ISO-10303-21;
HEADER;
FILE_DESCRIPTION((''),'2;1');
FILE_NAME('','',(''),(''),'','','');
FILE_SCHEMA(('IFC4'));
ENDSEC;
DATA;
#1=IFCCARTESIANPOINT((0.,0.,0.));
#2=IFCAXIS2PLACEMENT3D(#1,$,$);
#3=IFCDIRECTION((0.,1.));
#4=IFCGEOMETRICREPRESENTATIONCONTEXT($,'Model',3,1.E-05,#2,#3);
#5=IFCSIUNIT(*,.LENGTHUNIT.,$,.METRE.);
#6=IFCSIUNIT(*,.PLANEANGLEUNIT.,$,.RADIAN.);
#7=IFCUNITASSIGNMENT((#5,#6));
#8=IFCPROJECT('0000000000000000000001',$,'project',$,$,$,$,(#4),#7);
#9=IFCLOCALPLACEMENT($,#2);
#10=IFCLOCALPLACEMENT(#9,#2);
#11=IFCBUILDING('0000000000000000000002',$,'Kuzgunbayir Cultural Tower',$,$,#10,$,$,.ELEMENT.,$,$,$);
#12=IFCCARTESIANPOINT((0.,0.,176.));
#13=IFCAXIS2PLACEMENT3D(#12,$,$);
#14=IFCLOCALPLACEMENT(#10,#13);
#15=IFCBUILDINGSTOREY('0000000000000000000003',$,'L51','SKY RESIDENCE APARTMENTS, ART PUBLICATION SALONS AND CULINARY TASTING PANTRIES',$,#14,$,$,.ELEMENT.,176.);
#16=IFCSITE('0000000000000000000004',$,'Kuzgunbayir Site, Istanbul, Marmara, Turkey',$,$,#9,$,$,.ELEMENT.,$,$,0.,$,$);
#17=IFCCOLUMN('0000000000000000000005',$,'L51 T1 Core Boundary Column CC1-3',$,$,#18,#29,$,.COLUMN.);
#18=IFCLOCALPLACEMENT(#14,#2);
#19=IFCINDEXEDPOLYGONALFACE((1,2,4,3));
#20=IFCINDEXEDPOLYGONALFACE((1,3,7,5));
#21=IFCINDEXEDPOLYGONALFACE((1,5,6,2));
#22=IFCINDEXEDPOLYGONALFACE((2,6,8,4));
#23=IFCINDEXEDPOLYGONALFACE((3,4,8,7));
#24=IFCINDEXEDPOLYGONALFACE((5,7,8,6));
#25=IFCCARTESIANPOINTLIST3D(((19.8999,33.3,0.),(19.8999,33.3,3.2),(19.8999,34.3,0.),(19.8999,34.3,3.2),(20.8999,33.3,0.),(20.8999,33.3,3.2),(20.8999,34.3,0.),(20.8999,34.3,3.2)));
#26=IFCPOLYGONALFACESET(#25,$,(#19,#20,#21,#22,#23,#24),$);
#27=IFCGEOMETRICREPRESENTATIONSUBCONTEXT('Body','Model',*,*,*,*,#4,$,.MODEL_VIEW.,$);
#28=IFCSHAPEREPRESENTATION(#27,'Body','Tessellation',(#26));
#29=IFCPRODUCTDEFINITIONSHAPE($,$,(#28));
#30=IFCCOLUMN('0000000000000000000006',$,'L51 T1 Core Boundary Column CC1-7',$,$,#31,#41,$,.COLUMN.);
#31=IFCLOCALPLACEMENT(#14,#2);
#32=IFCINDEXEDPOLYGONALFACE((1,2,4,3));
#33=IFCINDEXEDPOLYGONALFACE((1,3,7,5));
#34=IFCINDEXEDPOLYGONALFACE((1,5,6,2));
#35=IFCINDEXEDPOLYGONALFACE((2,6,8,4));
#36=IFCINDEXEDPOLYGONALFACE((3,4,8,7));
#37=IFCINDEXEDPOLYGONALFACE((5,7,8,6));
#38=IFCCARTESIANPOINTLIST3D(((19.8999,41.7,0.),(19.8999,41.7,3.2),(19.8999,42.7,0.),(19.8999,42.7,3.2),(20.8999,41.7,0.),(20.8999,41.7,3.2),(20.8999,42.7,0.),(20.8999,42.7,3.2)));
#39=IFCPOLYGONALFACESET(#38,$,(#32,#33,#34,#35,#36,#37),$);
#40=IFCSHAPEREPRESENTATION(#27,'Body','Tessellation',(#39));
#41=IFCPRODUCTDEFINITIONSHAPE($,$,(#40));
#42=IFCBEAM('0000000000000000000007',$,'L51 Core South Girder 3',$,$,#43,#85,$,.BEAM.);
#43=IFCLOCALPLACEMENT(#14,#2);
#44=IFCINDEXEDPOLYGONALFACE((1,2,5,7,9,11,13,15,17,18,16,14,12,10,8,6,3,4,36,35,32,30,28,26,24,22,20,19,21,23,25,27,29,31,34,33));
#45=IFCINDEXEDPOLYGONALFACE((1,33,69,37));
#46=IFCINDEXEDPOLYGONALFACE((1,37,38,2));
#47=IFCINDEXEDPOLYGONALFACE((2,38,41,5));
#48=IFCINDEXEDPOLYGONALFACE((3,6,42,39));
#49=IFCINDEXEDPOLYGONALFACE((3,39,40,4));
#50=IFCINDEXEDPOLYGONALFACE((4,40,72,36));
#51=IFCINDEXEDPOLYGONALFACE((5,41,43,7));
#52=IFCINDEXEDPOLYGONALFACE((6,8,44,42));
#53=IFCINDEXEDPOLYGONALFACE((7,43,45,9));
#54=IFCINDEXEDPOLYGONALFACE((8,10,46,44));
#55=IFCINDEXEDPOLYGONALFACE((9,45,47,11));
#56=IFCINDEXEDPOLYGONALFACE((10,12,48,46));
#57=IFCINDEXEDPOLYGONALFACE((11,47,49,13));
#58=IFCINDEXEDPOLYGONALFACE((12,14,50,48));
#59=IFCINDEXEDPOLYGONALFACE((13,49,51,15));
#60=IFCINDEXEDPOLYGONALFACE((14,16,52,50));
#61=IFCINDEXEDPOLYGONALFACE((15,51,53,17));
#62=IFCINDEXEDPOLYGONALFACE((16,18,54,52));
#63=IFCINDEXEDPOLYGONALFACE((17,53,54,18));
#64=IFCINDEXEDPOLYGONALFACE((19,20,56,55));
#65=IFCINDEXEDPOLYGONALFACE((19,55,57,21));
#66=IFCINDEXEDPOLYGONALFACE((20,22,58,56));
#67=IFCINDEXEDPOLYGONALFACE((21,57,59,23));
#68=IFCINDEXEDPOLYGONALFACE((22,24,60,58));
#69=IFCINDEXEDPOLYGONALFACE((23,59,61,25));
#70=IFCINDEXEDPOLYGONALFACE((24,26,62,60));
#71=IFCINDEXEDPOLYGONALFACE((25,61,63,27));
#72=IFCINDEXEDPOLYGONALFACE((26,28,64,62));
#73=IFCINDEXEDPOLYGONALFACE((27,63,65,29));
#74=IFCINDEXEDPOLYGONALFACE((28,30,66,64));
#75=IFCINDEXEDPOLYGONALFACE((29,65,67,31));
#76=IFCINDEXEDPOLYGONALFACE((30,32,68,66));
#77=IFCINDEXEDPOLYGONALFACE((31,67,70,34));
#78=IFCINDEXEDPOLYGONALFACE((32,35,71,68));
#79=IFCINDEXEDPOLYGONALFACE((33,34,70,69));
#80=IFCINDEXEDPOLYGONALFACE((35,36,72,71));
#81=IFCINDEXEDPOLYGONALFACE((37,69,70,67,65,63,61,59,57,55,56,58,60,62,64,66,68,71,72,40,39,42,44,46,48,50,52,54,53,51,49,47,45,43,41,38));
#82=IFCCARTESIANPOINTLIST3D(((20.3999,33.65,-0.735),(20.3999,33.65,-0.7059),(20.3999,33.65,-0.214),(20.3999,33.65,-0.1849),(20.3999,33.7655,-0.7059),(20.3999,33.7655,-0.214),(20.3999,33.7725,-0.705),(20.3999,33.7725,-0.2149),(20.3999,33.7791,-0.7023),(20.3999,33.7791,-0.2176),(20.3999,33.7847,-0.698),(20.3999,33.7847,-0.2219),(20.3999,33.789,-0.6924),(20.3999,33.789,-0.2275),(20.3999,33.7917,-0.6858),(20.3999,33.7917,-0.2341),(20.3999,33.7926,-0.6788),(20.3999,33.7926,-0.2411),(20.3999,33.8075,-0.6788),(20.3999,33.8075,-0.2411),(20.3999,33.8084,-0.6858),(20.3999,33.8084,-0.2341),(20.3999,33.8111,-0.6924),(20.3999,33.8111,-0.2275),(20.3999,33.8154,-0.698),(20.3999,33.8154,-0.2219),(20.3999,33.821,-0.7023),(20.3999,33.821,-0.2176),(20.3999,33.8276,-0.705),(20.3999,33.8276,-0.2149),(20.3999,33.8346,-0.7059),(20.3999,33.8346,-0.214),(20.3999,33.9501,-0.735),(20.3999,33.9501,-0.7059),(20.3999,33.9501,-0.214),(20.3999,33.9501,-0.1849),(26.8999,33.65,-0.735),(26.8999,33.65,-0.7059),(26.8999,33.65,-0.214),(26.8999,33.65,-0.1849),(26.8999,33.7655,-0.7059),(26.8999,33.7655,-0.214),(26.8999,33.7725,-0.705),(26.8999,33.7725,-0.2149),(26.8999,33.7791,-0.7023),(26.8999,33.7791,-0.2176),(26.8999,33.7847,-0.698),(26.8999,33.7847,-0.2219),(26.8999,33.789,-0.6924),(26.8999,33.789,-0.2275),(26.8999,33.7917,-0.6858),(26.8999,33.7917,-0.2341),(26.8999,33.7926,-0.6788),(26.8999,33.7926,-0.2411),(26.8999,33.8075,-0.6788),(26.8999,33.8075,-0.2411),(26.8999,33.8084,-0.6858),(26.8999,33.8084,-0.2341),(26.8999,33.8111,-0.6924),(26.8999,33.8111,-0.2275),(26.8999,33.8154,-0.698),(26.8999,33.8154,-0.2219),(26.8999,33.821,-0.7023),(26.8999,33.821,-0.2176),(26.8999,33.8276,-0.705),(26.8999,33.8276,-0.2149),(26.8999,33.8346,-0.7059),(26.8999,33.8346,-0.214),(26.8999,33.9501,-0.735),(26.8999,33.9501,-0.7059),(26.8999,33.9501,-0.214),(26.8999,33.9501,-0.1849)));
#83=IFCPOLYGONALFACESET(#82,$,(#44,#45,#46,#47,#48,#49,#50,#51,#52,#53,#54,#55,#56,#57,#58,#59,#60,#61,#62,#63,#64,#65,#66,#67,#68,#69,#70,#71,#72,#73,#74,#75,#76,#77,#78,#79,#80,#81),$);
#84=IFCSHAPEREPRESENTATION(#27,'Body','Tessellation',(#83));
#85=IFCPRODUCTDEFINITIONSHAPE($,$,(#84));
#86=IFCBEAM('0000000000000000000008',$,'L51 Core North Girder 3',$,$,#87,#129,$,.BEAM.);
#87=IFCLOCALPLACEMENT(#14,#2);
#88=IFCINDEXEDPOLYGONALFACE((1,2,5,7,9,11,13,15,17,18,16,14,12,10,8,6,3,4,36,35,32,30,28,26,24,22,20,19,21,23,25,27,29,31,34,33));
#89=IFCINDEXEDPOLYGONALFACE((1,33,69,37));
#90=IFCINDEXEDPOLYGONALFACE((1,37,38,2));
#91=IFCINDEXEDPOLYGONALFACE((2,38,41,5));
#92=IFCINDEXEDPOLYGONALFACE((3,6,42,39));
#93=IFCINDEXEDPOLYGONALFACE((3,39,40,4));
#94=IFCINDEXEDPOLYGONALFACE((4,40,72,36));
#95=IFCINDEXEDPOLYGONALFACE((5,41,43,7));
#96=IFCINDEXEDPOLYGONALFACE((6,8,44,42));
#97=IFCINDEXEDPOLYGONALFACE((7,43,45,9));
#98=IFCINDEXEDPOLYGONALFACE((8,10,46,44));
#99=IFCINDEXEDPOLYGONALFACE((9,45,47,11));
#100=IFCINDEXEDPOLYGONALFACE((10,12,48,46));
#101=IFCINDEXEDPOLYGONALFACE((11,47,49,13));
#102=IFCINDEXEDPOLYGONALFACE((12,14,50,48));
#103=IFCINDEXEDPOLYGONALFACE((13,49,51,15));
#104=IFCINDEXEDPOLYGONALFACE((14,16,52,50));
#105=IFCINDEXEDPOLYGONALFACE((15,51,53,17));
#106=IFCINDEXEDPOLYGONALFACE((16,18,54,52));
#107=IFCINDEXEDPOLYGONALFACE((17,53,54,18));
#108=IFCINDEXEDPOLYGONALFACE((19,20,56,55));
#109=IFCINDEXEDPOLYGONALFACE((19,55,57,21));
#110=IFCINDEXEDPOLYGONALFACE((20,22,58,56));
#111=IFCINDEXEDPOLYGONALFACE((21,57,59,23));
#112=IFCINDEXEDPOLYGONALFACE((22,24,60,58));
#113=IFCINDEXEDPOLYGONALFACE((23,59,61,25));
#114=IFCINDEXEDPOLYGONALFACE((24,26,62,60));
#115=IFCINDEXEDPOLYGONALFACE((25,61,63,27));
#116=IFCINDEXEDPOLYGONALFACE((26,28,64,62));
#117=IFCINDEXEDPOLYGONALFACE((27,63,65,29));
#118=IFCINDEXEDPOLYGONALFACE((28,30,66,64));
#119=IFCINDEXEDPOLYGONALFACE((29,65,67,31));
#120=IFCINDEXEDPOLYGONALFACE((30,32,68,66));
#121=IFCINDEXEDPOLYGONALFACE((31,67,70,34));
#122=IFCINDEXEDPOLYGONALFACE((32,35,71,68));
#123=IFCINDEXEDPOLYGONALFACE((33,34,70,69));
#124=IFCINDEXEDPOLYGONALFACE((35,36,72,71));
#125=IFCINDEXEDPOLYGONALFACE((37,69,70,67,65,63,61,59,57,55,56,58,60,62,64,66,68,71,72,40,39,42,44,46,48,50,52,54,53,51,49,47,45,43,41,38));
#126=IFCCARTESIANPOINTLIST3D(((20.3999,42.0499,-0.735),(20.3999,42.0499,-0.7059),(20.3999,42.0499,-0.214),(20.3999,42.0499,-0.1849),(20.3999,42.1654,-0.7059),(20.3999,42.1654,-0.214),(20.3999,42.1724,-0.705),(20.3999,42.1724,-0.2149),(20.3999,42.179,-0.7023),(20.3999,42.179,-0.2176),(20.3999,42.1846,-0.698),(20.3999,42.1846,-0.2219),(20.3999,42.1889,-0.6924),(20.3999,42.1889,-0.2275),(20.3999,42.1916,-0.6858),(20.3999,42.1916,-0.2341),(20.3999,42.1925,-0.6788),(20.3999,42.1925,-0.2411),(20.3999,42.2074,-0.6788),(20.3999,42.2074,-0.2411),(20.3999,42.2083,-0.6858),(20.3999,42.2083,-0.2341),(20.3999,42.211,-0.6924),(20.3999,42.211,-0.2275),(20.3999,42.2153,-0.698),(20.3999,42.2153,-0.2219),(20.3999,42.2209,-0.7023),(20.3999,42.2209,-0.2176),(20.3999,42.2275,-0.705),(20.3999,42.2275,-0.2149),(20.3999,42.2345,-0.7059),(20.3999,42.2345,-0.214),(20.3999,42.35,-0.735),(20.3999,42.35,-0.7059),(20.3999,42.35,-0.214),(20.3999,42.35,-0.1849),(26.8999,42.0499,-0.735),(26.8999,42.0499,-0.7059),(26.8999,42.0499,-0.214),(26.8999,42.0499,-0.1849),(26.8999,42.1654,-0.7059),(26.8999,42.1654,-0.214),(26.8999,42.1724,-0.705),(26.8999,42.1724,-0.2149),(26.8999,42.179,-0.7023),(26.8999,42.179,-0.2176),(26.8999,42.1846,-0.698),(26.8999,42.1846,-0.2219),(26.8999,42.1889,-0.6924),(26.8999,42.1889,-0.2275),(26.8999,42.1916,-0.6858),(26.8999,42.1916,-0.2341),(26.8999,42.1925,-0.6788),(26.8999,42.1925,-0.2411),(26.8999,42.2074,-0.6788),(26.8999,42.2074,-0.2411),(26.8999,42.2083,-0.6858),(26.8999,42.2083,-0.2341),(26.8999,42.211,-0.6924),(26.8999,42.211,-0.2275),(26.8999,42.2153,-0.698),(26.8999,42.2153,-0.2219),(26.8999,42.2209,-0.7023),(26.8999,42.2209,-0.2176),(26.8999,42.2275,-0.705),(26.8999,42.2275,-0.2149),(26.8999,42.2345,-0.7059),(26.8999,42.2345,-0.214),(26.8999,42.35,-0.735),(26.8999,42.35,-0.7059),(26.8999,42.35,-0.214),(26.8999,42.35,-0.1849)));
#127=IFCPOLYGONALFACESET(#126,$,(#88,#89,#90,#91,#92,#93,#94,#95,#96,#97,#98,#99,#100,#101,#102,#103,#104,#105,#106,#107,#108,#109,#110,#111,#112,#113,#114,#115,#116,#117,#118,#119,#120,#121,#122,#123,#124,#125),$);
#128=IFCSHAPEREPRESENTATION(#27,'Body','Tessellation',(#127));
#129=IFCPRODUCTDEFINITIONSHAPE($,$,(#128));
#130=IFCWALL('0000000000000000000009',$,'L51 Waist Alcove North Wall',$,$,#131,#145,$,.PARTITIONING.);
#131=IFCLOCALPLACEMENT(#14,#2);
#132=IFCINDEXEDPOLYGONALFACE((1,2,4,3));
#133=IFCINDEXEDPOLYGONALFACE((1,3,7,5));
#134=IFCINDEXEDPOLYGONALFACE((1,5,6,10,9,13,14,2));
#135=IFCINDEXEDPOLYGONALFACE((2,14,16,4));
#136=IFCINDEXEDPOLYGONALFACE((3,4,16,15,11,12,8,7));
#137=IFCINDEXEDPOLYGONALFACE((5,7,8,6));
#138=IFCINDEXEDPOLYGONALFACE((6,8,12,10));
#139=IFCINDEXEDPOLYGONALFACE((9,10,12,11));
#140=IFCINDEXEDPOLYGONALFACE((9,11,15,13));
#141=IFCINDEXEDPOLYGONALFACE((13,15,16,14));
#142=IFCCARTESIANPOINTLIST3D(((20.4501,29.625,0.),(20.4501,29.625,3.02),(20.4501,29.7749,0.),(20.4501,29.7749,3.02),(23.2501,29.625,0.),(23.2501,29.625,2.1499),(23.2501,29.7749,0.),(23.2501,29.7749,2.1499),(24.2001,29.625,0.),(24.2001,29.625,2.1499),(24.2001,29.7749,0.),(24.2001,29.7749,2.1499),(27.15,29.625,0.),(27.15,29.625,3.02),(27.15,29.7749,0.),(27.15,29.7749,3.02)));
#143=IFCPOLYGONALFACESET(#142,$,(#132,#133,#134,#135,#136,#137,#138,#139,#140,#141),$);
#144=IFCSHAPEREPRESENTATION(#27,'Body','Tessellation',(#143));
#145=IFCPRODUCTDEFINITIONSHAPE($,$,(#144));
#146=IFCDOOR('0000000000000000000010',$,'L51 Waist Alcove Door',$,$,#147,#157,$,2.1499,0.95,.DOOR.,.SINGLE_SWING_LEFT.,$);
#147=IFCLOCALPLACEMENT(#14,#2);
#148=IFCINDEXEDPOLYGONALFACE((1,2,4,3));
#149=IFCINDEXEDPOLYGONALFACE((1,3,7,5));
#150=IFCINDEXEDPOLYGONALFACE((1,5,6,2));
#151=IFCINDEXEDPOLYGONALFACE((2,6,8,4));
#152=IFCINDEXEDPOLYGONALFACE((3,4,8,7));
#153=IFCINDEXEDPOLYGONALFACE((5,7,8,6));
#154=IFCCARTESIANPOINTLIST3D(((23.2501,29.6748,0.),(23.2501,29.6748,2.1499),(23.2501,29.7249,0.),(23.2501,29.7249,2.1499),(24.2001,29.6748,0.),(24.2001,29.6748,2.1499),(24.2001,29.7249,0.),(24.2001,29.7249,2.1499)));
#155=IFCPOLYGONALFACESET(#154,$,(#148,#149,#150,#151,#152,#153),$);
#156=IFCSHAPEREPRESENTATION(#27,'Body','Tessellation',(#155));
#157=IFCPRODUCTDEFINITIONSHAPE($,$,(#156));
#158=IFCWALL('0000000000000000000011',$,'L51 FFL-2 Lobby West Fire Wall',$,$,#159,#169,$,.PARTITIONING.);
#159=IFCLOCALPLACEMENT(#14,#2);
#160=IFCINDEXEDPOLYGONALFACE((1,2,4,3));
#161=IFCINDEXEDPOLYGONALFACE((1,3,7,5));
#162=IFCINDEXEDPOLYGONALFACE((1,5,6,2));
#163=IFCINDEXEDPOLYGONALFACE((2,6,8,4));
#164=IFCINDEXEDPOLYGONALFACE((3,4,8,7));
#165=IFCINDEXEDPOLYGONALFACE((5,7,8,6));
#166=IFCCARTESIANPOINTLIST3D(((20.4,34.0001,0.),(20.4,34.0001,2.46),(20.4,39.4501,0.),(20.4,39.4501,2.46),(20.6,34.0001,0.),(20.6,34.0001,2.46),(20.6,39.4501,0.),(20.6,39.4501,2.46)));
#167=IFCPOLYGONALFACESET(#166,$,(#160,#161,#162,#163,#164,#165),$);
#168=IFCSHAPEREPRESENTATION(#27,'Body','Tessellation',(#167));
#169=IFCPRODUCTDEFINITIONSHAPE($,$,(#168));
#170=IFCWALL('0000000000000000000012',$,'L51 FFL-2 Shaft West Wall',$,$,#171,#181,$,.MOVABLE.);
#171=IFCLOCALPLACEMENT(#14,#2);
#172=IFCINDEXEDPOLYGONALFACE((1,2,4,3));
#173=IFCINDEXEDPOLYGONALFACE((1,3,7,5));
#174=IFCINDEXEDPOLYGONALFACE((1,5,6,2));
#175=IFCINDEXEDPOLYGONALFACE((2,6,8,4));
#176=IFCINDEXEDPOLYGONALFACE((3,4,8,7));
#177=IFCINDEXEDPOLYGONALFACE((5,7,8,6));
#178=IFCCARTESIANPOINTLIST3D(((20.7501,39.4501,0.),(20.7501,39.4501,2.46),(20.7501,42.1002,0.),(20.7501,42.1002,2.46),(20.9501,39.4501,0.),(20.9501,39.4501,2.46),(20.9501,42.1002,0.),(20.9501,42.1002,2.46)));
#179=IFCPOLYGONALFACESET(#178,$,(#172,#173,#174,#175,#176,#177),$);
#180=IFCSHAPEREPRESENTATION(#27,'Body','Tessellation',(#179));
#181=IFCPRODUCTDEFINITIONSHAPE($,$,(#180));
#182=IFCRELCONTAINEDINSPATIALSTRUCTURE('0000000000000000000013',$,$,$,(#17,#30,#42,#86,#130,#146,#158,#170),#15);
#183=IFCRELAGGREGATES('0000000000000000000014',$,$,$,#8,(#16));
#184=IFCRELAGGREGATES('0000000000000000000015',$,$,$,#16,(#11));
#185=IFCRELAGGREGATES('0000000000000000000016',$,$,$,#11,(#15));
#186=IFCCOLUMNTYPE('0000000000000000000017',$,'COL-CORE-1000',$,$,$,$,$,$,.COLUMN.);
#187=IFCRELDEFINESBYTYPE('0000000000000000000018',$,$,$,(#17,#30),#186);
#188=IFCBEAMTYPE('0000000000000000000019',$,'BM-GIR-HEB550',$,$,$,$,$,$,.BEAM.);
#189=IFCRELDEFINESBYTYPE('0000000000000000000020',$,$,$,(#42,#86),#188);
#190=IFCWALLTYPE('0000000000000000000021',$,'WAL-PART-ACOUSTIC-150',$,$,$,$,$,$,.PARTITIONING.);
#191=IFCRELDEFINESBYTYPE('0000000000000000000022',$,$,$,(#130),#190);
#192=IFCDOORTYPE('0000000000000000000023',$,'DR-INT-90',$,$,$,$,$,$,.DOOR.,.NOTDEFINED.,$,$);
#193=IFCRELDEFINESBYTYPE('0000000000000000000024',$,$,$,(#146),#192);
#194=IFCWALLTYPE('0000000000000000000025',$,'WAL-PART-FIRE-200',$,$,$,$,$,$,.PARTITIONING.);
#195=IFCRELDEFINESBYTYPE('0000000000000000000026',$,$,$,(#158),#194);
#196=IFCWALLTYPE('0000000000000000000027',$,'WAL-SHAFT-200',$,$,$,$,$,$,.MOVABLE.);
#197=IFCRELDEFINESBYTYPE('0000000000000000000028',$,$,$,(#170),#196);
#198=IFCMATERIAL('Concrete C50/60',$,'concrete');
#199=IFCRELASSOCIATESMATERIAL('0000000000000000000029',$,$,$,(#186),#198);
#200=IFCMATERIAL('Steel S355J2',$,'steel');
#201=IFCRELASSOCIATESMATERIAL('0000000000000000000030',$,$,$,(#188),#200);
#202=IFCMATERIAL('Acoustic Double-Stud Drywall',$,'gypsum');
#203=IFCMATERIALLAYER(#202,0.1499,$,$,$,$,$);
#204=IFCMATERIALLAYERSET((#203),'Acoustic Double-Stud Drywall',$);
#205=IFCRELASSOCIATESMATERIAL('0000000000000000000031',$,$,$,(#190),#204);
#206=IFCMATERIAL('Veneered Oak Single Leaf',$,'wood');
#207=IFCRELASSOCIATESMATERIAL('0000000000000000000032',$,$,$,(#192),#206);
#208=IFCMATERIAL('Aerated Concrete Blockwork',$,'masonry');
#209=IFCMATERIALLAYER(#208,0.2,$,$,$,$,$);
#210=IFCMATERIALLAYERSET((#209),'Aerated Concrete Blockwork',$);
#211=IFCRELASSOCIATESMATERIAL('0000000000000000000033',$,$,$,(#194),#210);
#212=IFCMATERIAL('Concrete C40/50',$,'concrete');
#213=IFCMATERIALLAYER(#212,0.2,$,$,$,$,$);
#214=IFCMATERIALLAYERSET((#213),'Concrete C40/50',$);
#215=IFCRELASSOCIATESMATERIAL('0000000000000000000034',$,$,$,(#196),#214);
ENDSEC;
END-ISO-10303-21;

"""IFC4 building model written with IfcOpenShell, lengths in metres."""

from ifc_helpers import new_model, si_unit, direction, frame, frame_2d, origin, origin_2d, place, context, subcontext, project, spatial, rectangle, i_section, extrude, material, layer, layer_set, material_profile, profile_set, type_object, element, fill, save


model = new_model("IFC4")

# Units and contexts
model_context = context("Model", 3, precision=1e-05, world=origin(), true_north=direction((0.0, 1.0)))
body_context = subcontext(model_context, "Body", "Model", "MODEL_VIEW")
ifc_project = project(units=[si_unit("LENGTHUNIT", "METRE"), si_unit("PLANEANGLEUNIT", "RADIAN")], contexts=[model_context])

# Site, building, storey
site_placement = place(None, origin())
site = spatial("IfcSite", under=ifc_project, at=site_placement, Name="Kuzgunbayir Site, Istanbul, Marmara, Turkey", CompositionType="ELEMENT", RefElevation=0.0)
building_placement = place(site_placement, origin())
building = spatial("IfcBuilding", under=site, at=building_placement, Name="Kuzgunbayir Cultural Tower", CompositionType="ELEMENT")
storey_placement = place(building_placement, frame((0.0, 0.0, 176.0)))
storey = spatial("IfcBuildingStorey", under=building, at=storey_placement, Name="L51", Description="SKY RESIDENCE APARTMENTS, ART PUBLICATION SALONS AND CULINARY TASTING PANTRIES", CompositionType="ELEMENT", Elevation=176.0)

# Columns
ifc_material_1 = material(Name="Concrete C50/60", Category="concrete")
ifc_material_profile_1 = material_profile(ifc_material_1, rectangle(XDim=1.0, YDim=1.0, at=origin_2d()), Name="RC 1000x1000")
ifc_profile_set_1 = profile_set([ifc_material_profile_1], Name="Concrete C50/60")
column_type = type_object("IfcColumnType", Name="COL-CORE-1000", PredefinedType="COLUMN", material=ifc_profile_set_1)
for number, where, z_axis, x_axis, name in (
    (1, (20.3999, 33.8, 0.0), (0.0, 0.0, 1.0), (1.0, 0.0, 0.0), "L51 T1 Core Boundary Column CC1-3"),
    (2, (20.3999, 42.2, 0.0), (0.0, 0.0, 1.0), (1.0, 0.0, 0.0), "L51 T1 Core Boundary Column CC1-7"),
):
    element("IfcColumn", number, at=place(storey_placement, frame(where, z_axis=z_axis, x_axis=x_axis)), inside=storey, type_object=column_type, Name=name, PredefinedType="COLUMN", context=body_context, shape_type="SweptSolid", body=[
        extrude(rectangle(XDim=1.0, YDim=1.0, at=origin_2d()), origin(), (0.0, 0.0, 1.0), 3.2),
    ])

# Beams
ifc_material_2 = material(Name="Steel S355J2", Category="steel")
ifc_material_profile_2 = material_profile(ifc_material_2, i_section(OverallWidth=0.3, OverallDepth=0.55, WebThickness=0.0149, FlangeThickness=0.0291, FilletRadius=0.0271, at=origin_2d()), Name="HEB 550")
ifc_profile_set_2 = profile_set([ifc_material_profile_2], Name="Steel S355J2")
beam_type = type_object("IfcBeamType", Name="BM-GIR-HEB550", PredefinedType="BEAM", material=ifc_profile_set_2)
for number, where, z_axis, x_axis, name in (
    (3, (20.3999, 33.8, -0.46), (1.0, 0.0, 0.0), (0.0, 1.0, 0.0), "L51 Core South Girder 3"),
    (4, (20.3999, 42.2, -0.46), (1.0, 0.0, 0.0), (0.0, 1.0, 0.0), "L51 Core North Girder 3"),
):
    element("IfcBeam", number, at=place(storey_placement, frame(where, z_axis=z_axis, x_axis=x_axis)), inside=storey, type_object=beam_type, Name=name, PredefinedType="BEAM", context=body_context, shape_type="SweptSolid", body=[
        extrude(i_section(OverallWidth=0.3, OverallDepth=0.55, WebThickness=0.0149, FlangeThickness=0.0291, FilletRadius=0.0271, at=origin_2d()), origin(), (0.0, 0.0, 1.0), 6.5),
    ])

# Wall, opening, door
ifc_material_3 = material(Name="Acoustic Double-Stud Drywall", Category="gypsum")
ifc_layer_1 = layer(ifc_material_3, 0.1499)
ifc_layer_set_1 = layer_set([ifc_layer_1], Name="Acoustic Double-Stud Drywall")
wall_type_1 = type_object("IfcWallType", Name="WAL-PART-ACOUSTIC-150", PredefinedType="PARTITIONING", material=ifc_layer_set_1)
wall_1_placement = place(storey_placement, frame((20.45, 29.7, 0.0), z_axis=(0.0, 0.0, 1.0), x_axis=(1.0, 0.0, 0.0)))
wall_1 = element("IfcWall", 5, at=wall_1_placement, inside=storey, type_object=wall_type_1, Name="L51 Waist Alcove North Wall", PredefinedType="PARTITIONING", context=body_context, shape_type="SweptSolid", body=[
    extrude(rectangle(XDim=6.7, YDim=0.1499, at=frame_2d((3.3501, 0.0))), origin(), (0.0, 0.0, 1.0), 3.02),
])
opening_1_placement = place(wall_1_placement, frame((2.8, 0.0, 0.0)))
opening_1 = element("IfcOpeningElement", 6, at=opening_1_placement, cuts=wall_1, PredefinedType="OPENING", context=body_context, shape_type="SweptSolid", body=[
    extrude(rectangle(XDim=0.95, YDim=2.1499, at=frame_2d((0.4751, 1.075))), frame((0.0, 0.085, 0.0), z_axis=(0.0, -1.0, 0.0), x_axis=(1.0, 0.0, 0.0)), (0.0, 0.0, 1.0), 0.1699),
])
ifc_material_4 = material(Name="Veneered Oak Single Leaf", Category="wood")
door_type_1 = type_object("IfcDoorType", Name="DR-INT-90", OperationType="NOTDEFINED", PredefinedType="DOOR", material=ifc_material_4)
door_1_placement = place(opening_1_placement, origin())
door_1 = element("IfcDoor", 7, at=door_1_placement, inside=storey, type_object=door_type_1, Name="L51 Waist Alcove Door", OperationType="SINGLE_SWING_LEFT", OverallHeight=2.1499, OverallWidth=0.95, PredefinedType="DOOR", context=body_context, shape_type="SweptSolid", body=[
    extrude(rectangle(XDim=0.95, YDim=2.1499, at=frame_2d((0.4751, 1.075))), frame((0.0, 0.0249, 0.0), z_axis=(0.0, -1.0, 0.0), x_axis=(1.0, 0.0, 0.0)), (0.0, 0.0, 1.0), 0.05),
])
fill(opening_1, door_1)

# Wall
ifc_material_5 = material(Name="Aerated Concrete Blockwork", Category="masonry")
ifc_layer_2 = layer(ifc_material_5, 0.2)
ifc_layer_set_2 = layer_set([ifc_layer_2], Name="Aerated Concrete Blockwork")
wall_type_2 = type_object("IfcWallType", Name="WAL-PART-FIRE-200", PredefinedType="PARTITIONING", material=ifc_layer_set_2)
wall_2_placement = place(storey_placement, frame((20.5, 34.0, 0.0), z_axis=(0.0, 0.0, 1.0), x_axis=(0.0, 1.0, 0.0)))
element("IfcWall", 8, at=wall_2_placement, inside=storey, type_object=wall_type_2, Name="L51 FFL-2 Lobby West Fire Wall", PredefinedType="PARTITIONING", context=body_context, shape_type="SweptSolid", body=[
    extrude(rectangle(XDim=5.45, YDim=0.2, at=frame_2d((2.7251, 0.0))), origin(), (0.0, 0.0, 1.0), 2.46),
])

# Shared definitions
ifc_material_6 = material(Name="Concrete C40/50", Category="concrete")
ifc_layer_3 = layer(ifc_material_6, 0.2)
ifc_layer_set_3 = layer_set([ifc_layer_3], Name="Concrete C40/50")
wall_type_3 = type_object("IfcWallType", Name="WAL-SHAFT-200", PredefinedType="MOVABLE", material=ifc_layer_set_3)

# Wall
for number, where, z_axis, x_axis, name in (
    (9, (20.8501, 39.45, 0.0), (0.0, 0.0, 1.0), (0.0, 1.0, 0.0), "L51 FFL-2 Shaft West Wall"),
):
    element("IfcWall", number, at=place(storey_placement, frame(where, z_axis=z_axis, x_axis=x_axis)), inside=storey, type_object=wall_type_3, Name=name, PredefinedType="MOVABLE", context=body_context, shape_type="SweptSolid", body=[
        extrude(rectangle(XDim=2.6501, YDim=0.2, at=frame_2d((1.3252, 0.0))), origin(), (0.0, 0.0, 1.0), 2.46),
    ])

save(model, "model.ifc")
